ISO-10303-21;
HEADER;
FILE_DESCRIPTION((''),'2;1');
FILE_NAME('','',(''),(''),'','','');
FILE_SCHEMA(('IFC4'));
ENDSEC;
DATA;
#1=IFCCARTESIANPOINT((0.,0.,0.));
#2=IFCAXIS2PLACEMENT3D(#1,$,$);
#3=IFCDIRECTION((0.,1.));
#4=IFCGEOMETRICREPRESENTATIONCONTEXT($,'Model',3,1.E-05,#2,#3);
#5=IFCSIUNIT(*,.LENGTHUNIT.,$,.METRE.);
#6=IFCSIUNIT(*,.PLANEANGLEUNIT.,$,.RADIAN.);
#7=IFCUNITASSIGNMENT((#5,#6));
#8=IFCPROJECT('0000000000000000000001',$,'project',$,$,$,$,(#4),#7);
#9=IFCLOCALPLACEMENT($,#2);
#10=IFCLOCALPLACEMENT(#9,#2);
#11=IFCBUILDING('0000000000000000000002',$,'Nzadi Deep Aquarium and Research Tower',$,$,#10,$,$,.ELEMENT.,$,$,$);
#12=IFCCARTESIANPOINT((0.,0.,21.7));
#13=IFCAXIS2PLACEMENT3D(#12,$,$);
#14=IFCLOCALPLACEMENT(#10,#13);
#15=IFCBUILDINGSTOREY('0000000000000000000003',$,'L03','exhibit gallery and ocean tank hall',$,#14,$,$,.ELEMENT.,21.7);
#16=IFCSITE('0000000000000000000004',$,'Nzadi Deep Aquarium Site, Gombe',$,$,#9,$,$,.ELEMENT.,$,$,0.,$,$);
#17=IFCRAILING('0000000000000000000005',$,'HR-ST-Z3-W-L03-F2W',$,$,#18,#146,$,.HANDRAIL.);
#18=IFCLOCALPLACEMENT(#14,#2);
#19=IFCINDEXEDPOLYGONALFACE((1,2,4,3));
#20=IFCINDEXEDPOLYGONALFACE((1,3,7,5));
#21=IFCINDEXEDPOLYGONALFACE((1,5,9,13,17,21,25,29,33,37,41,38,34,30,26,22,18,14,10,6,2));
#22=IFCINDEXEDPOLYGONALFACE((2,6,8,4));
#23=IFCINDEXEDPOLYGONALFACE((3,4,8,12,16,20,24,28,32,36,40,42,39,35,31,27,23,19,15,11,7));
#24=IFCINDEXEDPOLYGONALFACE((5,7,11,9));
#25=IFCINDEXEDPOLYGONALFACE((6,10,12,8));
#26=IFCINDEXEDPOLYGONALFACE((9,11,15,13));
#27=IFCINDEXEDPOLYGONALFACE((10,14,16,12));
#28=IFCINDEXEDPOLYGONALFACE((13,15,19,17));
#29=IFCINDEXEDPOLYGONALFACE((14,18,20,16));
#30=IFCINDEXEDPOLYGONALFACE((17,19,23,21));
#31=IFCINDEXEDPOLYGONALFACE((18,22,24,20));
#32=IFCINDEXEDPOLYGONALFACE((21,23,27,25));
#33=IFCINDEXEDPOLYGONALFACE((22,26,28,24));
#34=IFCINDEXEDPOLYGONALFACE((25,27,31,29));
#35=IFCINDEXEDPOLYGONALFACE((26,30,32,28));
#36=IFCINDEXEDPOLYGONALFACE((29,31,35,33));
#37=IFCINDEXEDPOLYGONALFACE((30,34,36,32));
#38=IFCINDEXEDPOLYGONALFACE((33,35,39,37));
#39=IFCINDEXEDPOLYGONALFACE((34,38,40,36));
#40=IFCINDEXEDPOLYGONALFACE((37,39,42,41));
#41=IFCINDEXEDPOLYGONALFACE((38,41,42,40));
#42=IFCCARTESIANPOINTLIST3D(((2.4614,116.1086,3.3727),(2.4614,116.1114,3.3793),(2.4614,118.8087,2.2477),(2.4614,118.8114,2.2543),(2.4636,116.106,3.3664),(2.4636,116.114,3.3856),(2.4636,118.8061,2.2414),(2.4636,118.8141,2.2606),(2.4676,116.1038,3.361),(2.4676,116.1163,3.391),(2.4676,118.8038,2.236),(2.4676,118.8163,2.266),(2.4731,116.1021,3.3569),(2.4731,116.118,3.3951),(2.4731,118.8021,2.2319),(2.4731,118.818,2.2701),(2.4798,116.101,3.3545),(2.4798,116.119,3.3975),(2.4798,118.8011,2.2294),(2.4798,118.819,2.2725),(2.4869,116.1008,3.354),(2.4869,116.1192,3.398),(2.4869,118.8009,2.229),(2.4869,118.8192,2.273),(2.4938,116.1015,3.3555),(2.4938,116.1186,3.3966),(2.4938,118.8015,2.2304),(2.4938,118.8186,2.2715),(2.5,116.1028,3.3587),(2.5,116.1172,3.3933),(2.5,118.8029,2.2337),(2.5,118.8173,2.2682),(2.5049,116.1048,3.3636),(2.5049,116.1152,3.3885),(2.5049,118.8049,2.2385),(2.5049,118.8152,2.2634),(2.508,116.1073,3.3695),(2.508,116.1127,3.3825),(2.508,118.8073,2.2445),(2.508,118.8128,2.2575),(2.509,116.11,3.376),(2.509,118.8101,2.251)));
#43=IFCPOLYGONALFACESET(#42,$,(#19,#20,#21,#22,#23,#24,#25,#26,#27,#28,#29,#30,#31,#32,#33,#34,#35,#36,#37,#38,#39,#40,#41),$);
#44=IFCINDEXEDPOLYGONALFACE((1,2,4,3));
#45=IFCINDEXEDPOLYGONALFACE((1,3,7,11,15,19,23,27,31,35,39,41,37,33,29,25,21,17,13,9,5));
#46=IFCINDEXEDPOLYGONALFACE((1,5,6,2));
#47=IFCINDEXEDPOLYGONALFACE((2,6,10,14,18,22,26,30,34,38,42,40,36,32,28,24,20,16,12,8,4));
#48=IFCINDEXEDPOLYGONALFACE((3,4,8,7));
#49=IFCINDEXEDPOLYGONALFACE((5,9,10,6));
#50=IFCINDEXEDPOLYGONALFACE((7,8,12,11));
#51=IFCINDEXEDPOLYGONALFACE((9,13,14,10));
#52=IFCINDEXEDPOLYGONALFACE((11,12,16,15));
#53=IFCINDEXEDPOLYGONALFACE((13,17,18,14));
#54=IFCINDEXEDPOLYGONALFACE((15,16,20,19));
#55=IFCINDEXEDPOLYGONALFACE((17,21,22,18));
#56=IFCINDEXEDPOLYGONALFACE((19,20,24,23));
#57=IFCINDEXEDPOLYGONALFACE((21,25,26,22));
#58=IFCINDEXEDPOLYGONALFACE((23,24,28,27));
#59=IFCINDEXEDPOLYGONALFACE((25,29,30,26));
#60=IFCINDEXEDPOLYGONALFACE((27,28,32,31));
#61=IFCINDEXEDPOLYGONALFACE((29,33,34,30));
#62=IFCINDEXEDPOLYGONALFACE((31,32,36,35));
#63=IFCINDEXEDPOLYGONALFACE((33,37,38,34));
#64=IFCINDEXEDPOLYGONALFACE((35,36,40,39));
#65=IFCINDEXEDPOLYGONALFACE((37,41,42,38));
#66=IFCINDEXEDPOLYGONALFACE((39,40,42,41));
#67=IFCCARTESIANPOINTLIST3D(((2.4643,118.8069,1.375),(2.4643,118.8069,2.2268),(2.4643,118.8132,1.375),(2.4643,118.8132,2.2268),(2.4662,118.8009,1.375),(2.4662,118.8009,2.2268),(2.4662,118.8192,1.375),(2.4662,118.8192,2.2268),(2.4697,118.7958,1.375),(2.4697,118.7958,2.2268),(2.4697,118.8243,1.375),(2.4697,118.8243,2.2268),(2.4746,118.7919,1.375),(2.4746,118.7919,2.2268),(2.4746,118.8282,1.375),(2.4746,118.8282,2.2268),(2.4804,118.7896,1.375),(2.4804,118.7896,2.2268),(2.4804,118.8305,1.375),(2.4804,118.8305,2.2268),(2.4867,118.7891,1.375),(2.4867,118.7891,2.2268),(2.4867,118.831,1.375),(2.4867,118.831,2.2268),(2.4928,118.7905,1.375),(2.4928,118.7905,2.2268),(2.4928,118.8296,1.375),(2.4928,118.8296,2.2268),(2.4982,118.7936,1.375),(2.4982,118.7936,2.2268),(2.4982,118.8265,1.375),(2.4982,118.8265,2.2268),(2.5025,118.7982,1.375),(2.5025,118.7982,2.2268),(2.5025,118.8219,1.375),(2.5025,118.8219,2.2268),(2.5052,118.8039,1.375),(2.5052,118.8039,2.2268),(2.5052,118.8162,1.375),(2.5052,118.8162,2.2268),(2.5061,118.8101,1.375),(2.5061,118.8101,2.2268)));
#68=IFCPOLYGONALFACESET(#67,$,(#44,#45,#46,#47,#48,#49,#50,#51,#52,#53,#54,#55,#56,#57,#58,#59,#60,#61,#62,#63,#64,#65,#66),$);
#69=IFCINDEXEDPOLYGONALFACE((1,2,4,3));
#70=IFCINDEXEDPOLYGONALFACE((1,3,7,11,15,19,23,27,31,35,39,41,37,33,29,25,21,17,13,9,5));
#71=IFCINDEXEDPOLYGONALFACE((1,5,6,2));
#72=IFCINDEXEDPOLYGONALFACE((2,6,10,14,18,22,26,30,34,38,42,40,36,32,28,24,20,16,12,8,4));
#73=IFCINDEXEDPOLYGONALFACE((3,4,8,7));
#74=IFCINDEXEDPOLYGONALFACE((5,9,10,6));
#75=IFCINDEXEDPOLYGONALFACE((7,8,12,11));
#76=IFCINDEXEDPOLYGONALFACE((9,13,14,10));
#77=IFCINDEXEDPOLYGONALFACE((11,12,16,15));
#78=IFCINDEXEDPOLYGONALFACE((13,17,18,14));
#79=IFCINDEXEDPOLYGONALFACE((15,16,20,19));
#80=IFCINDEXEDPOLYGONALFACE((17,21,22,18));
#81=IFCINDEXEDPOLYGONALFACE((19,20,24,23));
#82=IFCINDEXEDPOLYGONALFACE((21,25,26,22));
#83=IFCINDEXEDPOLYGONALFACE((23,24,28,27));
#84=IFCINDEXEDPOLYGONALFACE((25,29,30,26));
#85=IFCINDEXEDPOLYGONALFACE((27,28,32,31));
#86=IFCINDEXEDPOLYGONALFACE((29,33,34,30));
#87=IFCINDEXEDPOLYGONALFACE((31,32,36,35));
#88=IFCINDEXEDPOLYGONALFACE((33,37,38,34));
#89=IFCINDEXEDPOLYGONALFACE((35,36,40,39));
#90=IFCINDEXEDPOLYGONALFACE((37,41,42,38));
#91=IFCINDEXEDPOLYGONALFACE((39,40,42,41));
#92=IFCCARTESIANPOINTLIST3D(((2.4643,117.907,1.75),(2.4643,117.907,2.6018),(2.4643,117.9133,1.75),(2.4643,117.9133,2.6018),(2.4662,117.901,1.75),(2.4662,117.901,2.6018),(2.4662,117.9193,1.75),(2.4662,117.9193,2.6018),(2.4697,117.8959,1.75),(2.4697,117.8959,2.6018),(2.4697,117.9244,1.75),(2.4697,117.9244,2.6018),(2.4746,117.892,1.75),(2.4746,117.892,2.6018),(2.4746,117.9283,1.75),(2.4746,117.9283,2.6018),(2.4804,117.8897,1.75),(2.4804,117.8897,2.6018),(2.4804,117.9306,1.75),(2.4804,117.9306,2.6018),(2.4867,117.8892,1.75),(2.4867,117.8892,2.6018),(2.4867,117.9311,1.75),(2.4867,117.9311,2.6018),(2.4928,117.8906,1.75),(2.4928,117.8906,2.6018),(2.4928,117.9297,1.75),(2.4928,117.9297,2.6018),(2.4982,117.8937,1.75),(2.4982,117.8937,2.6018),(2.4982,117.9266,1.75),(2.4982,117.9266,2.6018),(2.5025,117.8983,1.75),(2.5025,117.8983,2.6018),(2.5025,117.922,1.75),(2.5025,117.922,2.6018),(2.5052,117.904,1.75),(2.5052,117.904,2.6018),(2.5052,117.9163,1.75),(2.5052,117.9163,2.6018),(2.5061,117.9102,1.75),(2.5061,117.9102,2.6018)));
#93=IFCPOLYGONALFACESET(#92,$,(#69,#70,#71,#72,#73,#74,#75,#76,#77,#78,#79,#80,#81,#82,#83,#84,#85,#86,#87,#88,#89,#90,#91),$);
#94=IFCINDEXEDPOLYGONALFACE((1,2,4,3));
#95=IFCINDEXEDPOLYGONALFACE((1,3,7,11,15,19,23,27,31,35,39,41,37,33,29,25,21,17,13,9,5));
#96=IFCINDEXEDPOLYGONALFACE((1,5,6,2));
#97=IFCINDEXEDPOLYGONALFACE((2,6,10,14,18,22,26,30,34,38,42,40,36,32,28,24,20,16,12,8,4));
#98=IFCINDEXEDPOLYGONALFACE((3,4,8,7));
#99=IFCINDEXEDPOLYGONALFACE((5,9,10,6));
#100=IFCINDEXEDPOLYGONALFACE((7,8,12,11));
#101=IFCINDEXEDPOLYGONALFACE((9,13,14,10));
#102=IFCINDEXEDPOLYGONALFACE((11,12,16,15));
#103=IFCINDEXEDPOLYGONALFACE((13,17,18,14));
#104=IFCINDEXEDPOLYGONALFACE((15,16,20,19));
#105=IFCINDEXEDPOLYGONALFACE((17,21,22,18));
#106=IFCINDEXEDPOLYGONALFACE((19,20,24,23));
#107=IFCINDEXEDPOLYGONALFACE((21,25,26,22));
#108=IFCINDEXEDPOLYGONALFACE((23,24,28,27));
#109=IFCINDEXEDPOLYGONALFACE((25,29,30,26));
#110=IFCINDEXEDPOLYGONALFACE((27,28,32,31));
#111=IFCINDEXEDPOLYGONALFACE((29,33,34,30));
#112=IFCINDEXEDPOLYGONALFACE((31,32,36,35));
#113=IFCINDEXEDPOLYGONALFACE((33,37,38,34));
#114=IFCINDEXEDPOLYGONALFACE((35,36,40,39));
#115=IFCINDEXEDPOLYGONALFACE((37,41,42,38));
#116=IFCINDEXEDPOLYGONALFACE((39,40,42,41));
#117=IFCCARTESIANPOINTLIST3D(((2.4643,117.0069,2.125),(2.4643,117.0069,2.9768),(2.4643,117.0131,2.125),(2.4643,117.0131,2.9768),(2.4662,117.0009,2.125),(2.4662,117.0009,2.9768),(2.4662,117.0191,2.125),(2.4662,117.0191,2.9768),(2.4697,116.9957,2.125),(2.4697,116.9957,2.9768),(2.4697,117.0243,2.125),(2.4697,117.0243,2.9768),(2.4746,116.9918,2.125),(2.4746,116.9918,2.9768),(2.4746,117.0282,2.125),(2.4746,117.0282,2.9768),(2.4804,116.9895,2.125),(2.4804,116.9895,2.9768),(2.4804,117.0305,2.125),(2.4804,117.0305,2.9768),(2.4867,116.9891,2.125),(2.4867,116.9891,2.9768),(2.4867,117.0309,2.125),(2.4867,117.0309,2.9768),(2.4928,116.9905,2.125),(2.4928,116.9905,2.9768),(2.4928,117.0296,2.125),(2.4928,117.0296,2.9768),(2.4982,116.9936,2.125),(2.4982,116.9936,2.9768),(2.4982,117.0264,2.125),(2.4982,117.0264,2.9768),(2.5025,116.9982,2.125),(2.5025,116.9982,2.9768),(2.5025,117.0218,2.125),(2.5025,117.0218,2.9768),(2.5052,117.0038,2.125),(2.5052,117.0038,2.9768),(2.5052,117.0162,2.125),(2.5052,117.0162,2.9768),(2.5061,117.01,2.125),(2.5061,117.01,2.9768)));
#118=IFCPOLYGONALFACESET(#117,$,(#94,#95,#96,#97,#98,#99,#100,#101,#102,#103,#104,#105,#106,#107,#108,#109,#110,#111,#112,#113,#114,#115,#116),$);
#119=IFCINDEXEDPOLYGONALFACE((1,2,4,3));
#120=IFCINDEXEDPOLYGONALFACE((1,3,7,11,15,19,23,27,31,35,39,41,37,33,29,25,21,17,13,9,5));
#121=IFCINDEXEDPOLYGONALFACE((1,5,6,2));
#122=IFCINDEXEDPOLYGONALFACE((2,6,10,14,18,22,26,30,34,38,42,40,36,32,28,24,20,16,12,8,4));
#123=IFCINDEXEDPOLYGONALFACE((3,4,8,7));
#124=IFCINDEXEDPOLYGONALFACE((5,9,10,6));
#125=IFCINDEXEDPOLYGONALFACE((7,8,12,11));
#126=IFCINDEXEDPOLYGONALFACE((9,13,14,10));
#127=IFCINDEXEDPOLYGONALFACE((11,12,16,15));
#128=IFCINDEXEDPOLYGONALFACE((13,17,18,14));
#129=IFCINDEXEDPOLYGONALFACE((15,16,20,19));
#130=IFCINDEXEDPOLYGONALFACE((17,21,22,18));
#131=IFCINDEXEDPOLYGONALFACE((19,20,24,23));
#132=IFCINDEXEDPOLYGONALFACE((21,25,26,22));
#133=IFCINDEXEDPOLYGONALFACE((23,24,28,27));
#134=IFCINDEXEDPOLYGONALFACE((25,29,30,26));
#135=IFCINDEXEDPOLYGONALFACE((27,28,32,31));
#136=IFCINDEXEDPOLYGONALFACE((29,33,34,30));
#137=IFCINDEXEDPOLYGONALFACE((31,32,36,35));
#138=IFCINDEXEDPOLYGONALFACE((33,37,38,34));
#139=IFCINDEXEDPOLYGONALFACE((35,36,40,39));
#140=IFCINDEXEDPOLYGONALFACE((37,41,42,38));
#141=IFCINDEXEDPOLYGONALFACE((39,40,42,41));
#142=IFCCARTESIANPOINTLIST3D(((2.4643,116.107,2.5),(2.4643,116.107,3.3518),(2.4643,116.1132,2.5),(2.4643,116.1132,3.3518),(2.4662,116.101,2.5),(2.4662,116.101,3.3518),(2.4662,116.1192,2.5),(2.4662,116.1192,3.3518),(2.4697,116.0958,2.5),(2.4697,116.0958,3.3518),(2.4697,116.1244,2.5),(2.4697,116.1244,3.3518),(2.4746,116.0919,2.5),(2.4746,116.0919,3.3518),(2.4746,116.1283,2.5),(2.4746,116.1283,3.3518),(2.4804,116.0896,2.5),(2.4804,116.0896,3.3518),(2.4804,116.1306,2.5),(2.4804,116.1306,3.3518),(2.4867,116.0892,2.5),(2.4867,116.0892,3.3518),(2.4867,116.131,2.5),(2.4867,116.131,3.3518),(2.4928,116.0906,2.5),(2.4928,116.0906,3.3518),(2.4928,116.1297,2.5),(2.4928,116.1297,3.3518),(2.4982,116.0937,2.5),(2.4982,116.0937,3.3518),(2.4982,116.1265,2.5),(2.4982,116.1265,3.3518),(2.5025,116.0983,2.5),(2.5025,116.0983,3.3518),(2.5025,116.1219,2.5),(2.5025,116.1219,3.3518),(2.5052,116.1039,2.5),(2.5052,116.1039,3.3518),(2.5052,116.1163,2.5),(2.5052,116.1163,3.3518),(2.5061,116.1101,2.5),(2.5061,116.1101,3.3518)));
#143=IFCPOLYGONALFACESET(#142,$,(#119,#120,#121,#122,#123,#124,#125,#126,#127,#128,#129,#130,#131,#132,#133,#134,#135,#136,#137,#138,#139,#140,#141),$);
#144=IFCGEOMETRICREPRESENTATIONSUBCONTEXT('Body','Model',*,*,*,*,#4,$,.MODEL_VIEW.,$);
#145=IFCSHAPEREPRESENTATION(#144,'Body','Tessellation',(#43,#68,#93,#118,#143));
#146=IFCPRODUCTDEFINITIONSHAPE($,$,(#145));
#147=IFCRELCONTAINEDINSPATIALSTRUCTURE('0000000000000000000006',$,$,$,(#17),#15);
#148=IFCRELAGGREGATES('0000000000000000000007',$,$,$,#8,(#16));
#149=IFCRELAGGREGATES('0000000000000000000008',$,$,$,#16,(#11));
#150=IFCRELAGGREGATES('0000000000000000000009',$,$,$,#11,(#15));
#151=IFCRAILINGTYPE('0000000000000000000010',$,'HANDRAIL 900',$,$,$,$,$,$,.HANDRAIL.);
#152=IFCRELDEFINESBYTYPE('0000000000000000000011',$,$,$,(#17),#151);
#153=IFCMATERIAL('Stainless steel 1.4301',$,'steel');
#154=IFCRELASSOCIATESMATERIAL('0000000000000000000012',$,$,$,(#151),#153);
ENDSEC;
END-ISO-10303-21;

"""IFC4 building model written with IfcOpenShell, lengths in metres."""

from ifc_helpers import new_model, si_unit, direction, frame, origin, origin_2d, place, context, subcontext, project, spatial, circle, extrude, material, type_object, element, save


model = new_model("IFC4")

# Units and contexts
model_context = context("Model", 3, precision=1e-05, world=origin(), true_north=direction((0.0, 1.0)))
body_context = subcontext(model_context, "Body", "Model", "MODEL_VIEW")
ifc_project = project(units=[si_unit("LENGTHUNIT", "METRE"), si_unit("PLANEANGLEUNIT", "RADIAN")], contexts=[model_context])

# Site, building, storey
site_placement = place(None, origin())
site = spatial("IfcSite", under=ifc_project, at=site_placement, Name="Nzadi Deep Aquarium Site, Gombe", CompositionType="ELEMENT", RefElevation=0.0)
building_placement = place(site_placement, origin())
building = spatial("IfcBuilding", under=site, at=building_placement, Name="Nzadi Deep Aquarium and Research Tower", CompositionType="ELEMENT")
storey_placement = place(building_placement, frame((0.0, 0.0, 21.7)))
storey = spatial("IfcBuildingStorey", under=building, at=storey_placement, Name="L03", Description="exhibit gallery and ocean tank hall", CompositionType="ELEMENT", Elevation=21.7)

# Railing
ifc_material_1 = material(Name="Stainless steel 1.4301", Category="steel")
railing_type = type_object("IfcRailingType", Name="HANDRAIL 900", PredefinedType="HANDRAIL", material=ifc_material_1)
for number, where, name in (
    (1, (2.4851, 118.8101, 1.375), "HR-ST-Z3-W-L03-F2W"),
):
    element("IfcRailing", number, at=place(storey_placement, frame(where)), inside=storey, type_object=railing_type, Name=name, PredefinedType="HANDRAIL", context=body_context, shape_type="SweptSolid", body=[
        extrude(circle(Radius=0.0239, at=origin_2d()), frame((0.0, 0.0, 0.876), z_axis=(0.0, -0.923074, 0.384621), x_axis=(1.0, 0.0, 0.0)), (0.0, 0.0, 1.0), 2.925),
        extrude(circle(Radius=0.021, at=origin_2d()), origin(), (0.0, 0.0, 1.0), 0.8518),
        extrude(circle(Radius=0.021, at=origin_2d()), frame((0.0, -0.8999, 0.375)), (0.0, 0.0, 1.0), 0.8518),
        extrude(circle(Radius=0.021, at=origin_2d()), frame((0.0, -1.8, 0.75)), (0.0, 0.0, 1.0), 0.8518),
        extrude(circle(Radius=0.021, at=origin_2d()), frame((0.0, -2.7, 1.125)), (0.0, 0.0, 1.0), 0.8518),
    ])

save(model, "model.ifc")
